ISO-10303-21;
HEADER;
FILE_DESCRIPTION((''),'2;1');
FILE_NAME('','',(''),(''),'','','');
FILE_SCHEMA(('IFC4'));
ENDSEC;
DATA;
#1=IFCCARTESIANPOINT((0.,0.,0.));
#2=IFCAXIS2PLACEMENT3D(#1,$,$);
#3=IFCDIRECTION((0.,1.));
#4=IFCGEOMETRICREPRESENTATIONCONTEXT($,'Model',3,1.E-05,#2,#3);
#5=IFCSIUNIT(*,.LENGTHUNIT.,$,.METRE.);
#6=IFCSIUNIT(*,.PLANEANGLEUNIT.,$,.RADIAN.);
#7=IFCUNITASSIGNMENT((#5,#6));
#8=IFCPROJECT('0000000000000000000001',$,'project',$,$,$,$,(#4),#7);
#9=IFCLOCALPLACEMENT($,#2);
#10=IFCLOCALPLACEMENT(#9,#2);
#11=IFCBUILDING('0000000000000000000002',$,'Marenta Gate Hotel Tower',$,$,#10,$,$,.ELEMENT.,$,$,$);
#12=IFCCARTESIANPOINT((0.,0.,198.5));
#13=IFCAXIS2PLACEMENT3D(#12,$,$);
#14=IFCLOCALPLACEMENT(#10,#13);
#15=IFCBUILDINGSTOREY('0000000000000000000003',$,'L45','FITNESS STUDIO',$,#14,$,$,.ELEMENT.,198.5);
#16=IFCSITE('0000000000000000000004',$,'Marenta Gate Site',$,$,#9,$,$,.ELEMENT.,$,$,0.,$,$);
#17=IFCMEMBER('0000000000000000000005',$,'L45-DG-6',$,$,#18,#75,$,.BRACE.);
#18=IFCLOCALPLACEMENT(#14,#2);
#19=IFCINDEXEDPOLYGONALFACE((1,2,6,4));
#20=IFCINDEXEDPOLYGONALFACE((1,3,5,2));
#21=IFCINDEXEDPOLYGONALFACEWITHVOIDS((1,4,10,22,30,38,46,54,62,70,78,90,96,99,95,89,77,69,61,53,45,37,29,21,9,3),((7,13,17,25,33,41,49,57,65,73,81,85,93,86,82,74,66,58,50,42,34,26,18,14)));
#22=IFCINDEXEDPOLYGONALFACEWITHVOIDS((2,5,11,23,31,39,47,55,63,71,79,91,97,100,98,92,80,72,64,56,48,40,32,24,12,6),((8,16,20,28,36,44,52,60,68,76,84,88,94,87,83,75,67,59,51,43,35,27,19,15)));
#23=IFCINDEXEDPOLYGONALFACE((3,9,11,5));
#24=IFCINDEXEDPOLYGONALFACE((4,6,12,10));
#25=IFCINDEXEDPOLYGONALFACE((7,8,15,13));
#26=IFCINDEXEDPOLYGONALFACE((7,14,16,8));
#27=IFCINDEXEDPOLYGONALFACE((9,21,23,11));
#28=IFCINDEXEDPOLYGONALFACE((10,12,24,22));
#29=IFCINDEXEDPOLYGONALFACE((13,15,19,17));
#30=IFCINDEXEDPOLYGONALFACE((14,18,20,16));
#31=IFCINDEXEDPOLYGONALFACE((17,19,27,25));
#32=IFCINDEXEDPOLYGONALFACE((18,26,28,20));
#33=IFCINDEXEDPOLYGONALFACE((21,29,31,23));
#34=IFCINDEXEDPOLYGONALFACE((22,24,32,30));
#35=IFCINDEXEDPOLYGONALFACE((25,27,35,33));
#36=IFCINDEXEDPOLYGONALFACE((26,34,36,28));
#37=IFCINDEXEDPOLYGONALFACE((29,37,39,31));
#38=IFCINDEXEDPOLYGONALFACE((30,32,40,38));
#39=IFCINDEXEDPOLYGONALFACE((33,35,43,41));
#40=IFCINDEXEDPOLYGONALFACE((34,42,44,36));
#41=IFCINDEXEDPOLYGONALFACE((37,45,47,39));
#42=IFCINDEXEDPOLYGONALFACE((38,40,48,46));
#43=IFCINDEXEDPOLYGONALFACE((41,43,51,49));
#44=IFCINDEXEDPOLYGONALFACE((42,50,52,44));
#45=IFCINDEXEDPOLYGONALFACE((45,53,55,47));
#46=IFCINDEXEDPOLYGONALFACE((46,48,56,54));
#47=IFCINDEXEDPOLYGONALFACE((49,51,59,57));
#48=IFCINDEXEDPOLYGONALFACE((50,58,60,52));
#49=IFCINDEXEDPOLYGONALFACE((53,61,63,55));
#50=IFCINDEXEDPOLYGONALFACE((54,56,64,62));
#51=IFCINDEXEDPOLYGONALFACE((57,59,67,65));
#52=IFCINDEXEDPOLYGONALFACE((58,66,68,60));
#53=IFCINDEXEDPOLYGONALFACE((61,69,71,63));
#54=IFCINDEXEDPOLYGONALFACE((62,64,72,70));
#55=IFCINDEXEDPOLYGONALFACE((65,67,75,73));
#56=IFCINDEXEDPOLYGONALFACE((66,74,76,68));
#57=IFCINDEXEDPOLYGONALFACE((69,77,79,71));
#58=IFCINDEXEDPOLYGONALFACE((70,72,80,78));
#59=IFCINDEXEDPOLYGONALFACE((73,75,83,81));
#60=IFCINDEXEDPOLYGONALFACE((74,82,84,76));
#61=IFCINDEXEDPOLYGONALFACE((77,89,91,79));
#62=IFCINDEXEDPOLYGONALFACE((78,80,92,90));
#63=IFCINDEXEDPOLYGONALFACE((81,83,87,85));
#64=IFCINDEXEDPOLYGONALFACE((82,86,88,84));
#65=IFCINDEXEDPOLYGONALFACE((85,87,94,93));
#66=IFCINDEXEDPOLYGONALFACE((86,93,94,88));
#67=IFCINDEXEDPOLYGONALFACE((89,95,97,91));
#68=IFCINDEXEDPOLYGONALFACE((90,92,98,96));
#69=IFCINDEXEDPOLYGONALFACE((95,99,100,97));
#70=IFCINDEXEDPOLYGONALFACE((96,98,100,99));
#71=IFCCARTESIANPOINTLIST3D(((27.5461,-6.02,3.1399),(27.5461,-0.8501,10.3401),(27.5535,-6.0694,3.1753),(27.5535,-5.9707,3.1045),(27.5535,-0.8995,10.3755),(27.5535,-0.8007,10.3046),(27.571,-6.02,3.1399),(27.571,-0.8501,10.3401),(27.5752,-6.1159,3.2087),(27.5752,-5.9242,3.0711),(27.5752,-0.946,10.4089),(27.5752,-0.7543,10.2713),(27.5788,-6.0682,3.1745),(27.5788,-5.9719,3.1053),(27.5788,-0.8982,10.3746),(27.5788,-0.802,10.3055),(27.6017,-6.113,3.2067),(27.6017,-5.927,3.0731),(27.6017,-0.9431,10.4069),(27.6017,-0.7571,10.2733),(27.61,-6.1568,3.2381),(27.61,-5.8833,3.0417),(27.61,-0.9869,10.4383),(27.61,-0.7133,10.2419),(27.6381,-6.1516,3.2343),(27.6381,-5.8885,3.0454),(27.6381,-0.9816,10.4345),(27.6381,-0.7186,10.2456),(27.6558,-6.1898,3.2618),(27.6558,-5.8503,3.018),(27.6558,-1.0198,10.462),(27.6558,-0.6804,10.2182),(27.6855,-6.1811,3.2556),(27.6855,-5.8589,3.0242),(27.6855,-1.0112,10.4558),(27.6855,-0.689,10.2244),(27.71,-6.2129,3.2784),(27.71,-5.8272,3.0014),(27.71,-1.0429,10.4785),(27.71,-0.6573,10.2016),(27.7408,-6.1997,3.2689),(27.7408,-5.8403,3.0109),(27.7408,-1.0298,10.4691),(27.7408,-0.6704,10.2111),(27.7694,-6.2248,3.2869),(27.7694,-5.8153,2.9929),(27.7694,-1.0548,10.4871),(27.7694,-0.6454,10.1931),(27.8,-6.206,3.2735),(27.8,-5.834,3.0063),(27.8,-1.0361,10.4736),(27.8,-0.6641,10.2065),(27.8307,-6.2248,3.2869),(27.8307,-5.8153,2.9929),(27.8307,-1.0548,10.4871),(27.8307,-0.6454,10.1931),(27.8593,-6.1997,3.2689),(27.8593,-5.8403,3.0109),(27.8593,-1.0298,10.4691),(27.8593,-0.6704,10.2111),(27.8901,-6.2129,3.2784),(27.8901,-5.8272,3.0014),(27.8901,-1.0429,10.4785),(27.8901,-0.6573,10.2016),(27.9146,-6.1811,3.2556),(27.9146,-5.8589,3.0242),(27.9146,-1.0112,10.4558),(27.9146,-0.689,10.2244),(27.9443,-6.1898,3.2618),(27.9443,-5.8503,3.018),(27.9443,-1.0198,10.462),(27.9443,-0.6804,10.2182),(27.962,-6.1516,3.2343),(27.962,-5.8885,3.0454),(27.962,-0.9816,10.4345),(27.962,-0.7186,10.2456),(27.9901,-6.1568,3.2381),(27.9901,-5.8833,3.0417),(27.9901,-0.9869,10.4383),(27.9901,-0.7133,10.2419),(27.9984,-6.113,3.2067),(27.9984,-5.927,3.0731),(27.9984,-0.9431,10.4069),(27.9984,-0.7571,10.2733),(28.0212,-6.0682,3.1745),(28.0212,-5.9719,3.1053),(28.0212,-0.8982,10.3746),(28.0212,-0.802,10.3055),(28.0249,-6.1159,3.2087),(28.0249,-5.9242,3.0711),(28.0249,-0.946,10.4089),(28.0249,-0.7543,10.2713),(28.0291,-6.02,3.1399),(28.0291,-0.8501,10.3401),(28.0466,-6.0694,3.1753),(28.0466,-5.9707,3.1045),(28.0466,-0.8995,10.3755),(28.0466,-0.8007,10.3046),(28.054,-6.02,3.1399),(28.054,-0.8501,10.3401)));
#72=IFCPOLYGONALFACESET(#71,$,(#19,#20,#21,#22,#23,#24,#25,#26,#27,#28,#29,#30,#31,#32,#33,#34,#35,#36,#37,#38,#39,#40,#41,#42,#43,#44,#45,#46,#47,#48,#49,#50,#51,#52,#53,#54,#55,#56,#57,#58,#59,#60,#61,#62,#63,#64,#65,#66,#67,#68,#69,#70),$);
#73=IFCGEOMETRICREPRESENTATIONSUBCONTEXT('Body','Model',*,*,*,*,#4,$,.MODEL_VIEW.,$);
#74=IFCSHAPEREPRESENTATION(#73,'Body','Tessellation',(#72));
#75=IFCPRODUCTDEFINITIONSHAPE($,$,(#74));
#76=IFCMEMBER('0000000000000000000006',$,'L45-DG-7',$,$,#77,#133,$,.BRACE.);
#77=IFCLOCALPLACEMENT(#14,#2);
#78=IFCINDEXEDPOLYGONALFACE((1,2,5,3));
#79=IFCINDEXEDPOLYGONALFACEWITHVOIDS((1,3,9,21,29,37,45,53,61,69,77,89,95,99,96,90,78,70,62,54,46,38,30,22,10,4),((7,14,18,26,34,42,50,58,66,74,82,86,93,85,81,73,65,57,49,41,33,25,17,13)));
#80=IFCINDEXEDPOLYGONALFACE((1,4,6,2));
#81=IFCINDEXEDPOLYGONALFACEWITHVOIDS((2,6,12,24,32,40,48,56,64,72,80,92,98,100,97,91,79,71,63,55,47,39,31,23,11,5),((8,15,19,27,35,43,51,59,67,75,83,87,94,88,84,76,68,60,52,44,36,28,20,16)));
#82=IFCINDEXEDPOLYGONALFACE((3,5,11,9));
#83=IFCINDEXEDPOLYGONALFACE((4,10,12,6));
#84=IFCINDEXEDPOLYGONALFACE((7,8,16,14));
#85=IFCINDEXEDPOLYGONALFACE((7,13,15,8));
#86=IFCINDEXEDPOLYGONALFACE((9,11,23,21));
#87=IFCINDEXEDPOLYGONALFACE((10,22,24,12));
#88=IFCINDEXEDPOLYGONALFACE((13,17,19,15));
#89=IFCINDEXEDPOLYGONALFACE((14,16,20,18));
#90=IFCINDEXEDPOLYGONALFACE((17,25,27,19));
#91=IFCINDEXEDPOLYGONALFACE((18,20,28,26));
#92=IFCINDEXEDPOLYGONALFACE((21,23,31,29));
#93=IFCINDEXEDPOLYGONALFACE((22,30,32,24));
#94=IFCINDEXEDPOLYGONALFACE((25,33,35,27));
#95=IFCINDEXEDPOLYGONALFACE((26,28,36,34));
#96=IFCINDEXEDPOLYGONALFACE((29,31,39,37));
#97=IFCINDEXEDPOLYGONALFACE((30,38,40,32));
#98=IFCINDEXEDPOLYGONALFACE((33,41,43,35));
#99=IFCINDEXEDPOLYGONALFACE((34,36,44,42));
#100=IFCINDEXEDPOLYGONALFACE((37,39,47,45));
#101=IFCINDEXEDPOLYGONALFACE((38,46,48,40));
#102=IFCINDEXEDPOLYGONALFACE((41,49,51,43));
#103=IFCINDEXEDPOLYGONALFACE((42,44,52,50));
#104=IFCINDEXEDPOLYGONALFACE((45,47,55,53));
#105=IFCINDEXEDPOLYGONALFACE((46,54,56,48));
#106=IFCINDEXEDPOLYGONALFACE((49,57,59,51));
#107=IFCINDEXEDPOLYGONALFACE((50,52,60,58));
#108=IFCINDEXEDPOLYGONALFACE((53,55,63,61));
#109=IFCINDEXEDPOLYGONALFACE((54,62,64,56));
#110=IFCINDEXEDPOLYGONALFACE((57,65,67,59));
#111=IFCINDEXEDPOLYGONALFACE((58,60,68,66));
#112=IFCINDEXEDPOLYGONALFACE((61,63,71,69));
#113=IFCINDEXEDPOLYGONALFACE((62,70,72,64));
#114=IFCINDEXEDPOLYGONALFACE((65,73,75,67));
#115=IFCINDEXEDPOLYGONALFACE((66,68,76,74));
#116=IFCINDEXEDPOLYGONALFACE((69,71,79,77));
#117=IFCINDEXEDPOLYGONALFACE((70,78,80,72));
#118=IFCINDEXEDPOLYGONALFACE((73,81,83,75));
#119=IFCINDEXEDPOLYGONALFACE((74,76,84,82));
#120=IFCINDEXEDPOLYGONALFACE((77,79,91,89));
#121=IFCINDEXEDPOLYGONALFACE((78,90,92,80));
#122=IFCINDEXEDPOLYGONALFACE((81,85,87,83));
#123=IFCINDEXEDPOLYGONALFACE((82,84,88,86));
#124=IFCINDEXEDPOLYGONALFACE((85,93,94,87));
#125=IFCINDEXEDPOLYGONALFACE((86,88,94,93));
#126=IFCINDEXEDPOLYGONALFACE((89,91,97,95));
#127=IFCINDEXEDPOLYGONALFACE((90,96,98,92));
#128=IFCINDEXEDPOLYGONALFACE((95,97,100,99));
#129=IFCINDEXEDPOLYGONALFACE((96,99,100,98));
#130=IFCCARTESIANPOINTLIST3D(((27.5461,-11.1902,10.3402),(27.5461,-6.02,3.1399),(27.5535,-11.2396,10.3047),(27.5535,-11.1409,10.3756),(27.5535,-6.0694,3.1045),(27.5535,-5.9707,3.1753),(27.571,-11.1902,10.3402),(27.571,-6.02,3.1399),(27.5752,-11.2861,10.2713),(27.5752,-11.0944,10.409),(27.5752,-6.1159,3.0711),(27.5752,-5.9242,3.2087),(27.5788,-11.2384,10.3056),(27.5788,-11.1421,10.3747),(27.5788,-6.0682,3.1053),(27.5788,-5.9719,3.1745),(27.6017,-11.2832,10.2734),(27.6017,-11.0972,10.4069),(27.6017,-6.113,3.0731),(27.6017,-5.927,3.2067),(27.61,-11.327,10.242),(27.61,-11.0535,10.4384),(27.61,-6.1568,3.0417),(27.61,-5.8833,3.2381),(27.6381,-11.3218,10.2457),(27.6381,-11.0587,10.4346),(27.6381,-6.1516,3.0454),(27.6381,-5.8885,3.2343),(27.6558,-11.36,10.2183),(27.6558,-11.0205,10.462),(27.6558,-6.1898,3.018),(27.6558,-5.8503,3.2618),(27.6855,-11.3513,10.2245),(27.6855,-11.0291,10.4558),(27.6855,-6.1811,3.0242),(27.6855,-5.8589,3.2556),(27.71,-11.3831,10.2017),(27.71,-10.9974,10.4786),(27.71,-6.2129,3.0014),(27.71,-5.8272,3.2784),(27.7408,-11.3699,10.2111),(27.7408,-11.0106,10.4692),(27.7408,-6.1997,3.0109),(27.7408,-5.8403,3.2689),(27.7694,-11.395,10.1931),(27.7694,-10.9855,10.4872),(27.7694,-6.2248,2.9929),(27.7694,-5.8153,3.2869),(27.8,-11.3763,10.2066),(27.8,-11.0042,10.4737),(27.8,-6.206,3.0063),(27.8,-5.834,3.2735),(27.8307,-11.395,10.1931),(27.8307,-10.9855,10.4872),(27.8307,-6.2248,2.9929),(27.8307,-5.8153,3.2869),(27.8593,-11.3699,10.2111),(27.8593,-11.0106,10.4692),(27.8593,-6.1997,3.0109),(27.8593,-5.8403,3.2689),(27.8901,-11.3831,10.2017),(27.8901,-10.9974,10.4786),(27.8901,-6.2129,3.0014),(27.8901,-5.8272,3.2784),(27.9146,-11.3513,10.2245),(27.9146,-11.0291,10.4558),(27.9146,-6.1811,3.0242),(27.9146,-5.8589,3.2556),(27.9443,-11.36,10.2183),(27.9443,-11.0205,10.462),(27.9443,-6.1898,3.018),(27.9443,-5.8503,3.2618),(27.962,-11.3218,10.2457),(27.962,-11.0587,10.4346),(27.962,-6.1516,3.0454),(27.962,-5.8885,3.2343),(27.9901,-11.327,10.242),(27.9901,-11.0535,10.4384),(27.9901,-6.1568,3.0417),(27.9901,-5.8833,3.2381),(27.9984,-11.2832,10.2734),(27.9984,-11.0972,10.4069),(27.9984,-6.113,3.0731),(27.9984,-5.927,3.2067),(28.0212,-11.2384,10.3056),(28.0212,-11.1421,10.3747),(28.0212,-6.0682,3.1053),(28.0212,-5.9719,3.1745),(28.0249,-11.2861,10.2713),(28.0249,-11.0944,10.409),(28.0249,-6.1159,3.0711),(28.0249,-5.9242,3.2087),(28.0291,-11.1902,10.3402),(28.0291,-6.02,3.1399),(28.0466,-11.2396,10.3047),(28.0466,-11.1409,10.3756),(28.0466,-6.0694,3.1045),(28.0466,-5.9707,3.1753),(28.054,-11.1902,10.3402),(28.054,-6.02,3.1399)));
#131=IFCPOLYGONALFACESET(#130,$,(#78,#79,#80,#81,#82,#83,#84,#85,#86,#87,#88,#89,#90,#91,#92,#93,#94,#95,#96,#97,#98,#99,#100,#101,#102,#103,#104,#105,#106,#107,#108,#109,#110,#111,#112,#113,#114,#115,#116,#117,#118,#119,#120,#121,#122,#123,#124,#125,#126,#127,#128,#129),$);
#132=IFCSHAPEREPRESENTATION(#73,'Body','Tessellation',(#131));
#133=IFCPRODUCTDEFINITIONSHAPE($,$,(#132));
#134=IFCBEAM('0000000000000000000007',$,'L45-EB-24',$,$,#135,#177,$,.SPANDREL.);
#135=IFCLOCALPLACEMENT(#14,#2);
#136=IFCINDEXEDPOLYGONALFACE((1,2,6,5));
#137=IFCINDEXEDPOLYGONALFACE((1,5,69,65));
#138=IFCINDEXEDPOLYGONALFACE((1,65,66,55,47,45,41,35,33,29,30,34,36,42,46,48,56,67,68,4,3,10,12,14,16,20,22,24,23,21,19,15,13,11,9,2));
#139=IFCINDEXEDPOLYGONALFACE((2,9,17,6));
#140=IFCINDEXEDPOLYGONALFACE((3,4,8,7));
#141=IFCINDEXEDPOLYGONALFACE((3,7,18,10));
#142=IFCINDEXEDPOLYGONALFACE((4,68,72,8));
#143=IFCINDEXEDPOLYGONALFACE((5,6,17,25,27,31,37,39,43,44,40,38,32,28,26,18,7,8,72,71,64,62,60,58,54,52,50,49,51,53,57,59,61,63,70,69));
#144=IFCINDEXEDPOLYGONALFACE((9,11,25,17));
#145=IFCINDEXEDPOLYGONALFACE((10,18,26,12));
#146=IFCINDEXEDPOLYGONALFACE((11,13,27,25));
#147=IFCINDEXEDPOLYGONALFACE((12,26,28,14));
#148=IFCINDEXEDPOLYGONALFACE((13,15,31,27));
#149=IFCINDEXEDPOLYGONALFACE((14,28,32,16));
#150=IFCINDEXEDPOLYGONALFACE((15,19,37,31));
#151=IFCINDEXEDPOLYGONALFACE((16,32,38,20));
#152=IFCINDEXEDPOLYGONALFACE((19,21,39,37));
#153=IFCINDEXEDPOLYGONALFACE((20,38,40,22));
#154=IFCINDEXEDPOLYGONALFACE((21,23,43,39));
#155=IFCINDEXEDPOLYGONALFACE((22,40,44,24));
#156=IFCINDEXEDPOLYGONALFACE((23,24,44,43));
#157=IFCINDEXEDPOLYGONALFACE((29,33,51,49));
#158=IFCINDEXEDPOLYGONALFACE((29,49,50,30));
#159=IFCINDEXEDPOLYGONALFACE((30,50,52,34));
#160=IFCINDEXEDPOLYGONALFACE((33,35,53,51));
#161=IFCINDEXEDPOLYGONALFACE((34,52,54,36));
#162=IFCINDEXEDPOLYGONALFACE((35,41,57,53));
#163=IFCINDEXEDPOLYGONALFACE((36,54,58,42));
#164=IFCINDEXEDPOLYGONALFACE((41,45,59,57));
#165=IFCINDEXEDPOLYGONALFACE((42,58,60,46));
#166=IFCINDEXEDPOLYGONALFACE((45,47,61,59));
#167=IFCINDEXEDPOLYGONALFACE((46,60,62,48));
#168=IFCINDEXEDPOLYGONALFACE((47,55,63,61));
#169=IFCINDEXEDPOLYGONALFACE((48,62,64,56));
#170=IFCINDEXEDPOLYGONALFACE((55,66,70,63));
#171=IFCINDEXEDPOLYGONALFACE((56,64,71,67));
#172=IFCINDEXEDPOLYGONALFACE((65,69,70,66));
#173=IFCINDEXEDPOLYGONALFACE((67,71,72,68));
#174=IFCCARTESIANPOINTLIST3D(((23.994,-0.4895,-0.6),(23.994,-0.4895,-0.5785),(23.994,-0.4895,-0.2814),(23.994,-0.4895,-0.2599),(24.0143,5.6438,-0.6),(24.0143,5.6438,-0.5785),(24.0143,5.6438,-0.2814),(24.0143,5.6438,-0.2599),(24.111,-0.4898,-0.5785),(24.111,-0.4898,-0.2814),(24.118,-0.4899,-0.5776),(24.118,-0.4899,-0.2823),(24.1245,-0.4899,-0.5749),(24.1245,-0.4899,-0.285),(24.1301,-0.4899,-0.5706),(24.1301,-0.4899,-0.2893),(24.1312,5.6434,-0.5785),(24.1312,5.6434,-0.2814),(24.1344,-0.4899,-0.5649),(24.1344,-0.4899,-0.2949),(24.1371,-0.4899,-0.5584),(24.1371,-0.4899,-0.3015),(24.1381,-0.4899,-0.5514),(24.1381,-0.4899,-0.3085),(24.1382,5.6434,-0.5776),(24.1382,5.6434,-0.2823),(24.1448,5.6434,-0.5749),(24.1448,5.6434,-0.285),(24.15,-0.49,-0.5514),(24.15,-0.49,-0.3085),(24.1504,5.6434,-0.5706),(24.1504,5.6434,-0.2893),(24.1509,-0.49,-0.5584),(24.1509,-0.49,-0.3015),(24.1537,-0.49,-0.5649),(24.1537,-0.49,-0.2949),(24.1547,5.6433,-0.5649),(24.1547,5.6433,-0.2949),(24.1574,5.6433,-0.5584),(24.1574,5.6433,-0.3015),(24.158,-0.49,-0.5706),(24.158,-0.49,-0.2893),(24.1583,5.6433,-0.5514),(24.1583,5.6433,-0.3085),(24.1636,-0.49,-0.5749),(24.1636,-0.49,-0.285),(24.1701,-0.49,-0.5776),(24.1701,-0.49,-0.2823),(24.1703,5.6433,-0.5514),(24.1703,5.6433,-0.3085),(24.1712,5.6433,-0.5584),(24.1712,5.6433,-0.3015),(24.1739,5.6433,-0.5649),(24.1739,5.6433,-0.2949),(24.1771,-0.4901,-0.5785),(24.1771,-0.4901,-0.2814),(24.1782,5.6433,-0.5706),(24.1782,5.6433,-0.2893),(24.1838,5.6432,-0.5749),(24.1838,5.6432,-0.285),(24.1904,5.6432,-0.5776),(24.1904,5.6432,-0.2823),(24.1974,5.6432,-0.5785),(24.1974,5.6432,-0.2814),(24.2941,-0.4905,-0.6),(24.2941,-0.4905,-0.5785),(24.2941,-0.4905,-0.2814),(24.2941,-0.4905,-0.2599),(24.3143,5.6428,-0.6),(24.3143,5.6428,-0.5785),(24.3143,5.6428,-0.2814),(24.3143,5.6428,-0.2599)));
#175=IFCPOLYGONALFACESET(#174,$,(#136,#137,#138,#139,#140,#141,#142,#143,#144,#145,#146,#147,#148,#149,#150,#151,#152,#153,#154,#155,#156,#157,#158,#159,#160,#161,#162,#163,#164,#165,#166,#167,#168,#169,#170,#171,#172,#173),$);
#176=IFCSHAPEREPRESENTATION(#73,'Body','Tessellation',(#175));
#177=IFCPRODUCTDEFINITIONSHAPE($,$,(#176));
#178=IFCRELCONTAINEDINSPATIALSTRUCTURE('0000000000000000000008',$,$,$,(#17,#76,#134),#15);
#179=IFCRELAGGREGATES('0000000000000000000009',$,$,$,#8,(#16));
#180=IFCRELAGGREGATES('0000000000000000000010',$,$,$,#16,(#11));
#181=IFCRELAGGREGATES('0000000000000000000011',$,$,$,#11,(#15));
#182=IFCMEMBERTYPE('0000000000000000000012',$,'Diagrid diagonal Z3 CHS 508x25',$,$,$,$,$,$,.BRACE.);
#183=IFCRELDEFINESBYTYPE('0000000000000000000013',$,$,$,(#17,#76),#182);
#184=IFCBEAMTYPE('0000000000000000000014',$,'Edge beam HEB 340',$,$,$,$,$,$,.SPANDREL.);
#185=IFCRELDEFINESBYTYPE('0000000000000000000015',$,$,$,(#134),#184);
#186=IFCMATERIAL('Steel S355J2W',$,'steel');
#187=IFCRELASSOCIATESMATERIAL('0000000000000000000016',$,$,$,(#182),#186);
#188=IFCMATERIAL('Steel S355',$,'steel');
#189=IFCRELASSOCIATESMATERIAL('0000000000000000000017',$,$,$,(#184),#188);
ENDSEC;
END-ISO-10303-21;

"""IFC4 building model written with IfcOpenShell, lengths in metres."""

from ifc_helpers import new_model, si_unit, direction, frame, origin, origin_2d, place, context, subcontext, project, spatial, hollow_circle, i_section, extrude, material, material_profile, profile_set, type_object, element, save


model = new_model("IFC4")

# Units and contexts
model_context = context("Model", 3, precision=1e-05, world=origin(), true_north=direction((0.0, 1.0)))
body_context = subcontext(model_context, "Body", "Model", "MODEL_VIEW")
ifc_project = project(units=[si_unit("LENGTHUNIT", "METRE"), si_unit("PLANEANGLEUNIT", "RADIAN")], contexts=[model_context])

# Site, building, storey
site_placement = place(None, origin())
site = spatial("IfcSite", under=ifc_project, at=site_placement, Name="Marenta Gate Site", CompositionType="ELEMENT", RefElevation=0.0)
building_placement = place(site_placement, origin())
building = spatial("IfcBuilding", under=site, at=building_placement, Name="Marenta Gate Hotel Tower", CompositionType="ELEMENT")
storey_placement = place(building_placement, frame((0.0, 0.0, 198.5)))
storey = spatial("IfcBuildingStorey", under=building, at=storey_placement, Name="L45", Description="FITNESS STUDIO", CompositionType="ELEMENT", Elevation=198.5)

# Members
ifc_material_1 = material(Name="Steel S355J2W", Category="steel")
ifc_material_profile_1 = material_profile(ifc_material_1, hollow_circle(Radius=0.2539, WallThickness=0.0249, at=origin_2d()), Name="CHS 508x25")
ifc_profile_set_1 = profile_set([ifc_material_profile_1], Name="Steel S355J2W")
member_type_1 = type_object("IfcMemberType", Name="Diagrid diagonal Z3 CHS 508x25", PredefinedType="BRACE", material=ifc_profile_set_1)
for number, where, z_axis, x_axis, name in (
    (1, (27.8, -6.02, 3.1399), (0.0, 0.583248, 0.812294), (-1.0, 0.0, 0.0), "L45-DG-6"),
):
    element("IfcMember", number, at=place(storey_placement, frame(where, z_axis=z_axis, x_axis=x_axis)), inside=storey, type_object=member_type_1, Name=name, PredefinedType="BRACE", context=body_context, shape_type="SweptSolid", body=[
        extrude(hollow_circle(Radius=0.2539, WallThickness=0.0249, at=origin_2d()), origin(), (0.0, 0.0, 1.0), 8.864),
    ])
member_1_placement = place(storey_placement, frame((27.8, -6.02, 3.1399), z_axis=(0.0, -0.583266, 0.812281), x_axis=(1.0, 0.0, 0.0)))
element("IfcMember", 2, at=member_1_placement, inside=storey, type_object=member_type_1, Name="L45-DG-7", PredefinedType="BRACE", context=body_context, shape_type="SweptSolid", body=[
    extrude(hollow_circle(Radius=0.2539, WallThickness=0.0249, at=origin_2d()), origin(), (0.0, 0.0, 1.0), 8.8643),
])

# Beam
ifc_material_2 = material(Name="Steel S355", Category="steel")
ifc_material_profile_2 = material_profile(ifc_material_2, i_section(OverallWidth=0.3, OverallDepth=0.3401, WebThickness=0.012, FlangeThickness=0.0215, FilletRadius=0.0271, at=origin_2d()), Name="HEB 340")
ifc_profile_set_2 = profile_set([ifc_material_profile_2], Name="Steel S355")
beam_type = type_object("IfcBeamType", Name="Edge beam HEB 340", PredefinedType="SPANDREL", material=ifc_profile_set_2)
beam_1_placement = place(storey_placement, frame((24.1643, 5.6433, -0.4299), z_axis=(-0.003304, -0.999995, 0.0), x_axis=(0.999995, -0.003304, 0.0)))
element("IfcBeam", 3, at=beam_1_placement, inside=storey, type_object=beam_type, Name="L45-EB-24", PredefinedType="SPANDREL", context=body_context, shape_type="SweptSolid", body=[
    extrude(i_section(OverallWidth=0.3, OverallDepth=0.3401, WebThickness=0.012, FlangeThickness=0.0215, FilletRadius=0.0271, at=origin_2d()), origin(), (0.0, 0.0, 1.0), 6.1333),
])

save(model, "model.ifc")
